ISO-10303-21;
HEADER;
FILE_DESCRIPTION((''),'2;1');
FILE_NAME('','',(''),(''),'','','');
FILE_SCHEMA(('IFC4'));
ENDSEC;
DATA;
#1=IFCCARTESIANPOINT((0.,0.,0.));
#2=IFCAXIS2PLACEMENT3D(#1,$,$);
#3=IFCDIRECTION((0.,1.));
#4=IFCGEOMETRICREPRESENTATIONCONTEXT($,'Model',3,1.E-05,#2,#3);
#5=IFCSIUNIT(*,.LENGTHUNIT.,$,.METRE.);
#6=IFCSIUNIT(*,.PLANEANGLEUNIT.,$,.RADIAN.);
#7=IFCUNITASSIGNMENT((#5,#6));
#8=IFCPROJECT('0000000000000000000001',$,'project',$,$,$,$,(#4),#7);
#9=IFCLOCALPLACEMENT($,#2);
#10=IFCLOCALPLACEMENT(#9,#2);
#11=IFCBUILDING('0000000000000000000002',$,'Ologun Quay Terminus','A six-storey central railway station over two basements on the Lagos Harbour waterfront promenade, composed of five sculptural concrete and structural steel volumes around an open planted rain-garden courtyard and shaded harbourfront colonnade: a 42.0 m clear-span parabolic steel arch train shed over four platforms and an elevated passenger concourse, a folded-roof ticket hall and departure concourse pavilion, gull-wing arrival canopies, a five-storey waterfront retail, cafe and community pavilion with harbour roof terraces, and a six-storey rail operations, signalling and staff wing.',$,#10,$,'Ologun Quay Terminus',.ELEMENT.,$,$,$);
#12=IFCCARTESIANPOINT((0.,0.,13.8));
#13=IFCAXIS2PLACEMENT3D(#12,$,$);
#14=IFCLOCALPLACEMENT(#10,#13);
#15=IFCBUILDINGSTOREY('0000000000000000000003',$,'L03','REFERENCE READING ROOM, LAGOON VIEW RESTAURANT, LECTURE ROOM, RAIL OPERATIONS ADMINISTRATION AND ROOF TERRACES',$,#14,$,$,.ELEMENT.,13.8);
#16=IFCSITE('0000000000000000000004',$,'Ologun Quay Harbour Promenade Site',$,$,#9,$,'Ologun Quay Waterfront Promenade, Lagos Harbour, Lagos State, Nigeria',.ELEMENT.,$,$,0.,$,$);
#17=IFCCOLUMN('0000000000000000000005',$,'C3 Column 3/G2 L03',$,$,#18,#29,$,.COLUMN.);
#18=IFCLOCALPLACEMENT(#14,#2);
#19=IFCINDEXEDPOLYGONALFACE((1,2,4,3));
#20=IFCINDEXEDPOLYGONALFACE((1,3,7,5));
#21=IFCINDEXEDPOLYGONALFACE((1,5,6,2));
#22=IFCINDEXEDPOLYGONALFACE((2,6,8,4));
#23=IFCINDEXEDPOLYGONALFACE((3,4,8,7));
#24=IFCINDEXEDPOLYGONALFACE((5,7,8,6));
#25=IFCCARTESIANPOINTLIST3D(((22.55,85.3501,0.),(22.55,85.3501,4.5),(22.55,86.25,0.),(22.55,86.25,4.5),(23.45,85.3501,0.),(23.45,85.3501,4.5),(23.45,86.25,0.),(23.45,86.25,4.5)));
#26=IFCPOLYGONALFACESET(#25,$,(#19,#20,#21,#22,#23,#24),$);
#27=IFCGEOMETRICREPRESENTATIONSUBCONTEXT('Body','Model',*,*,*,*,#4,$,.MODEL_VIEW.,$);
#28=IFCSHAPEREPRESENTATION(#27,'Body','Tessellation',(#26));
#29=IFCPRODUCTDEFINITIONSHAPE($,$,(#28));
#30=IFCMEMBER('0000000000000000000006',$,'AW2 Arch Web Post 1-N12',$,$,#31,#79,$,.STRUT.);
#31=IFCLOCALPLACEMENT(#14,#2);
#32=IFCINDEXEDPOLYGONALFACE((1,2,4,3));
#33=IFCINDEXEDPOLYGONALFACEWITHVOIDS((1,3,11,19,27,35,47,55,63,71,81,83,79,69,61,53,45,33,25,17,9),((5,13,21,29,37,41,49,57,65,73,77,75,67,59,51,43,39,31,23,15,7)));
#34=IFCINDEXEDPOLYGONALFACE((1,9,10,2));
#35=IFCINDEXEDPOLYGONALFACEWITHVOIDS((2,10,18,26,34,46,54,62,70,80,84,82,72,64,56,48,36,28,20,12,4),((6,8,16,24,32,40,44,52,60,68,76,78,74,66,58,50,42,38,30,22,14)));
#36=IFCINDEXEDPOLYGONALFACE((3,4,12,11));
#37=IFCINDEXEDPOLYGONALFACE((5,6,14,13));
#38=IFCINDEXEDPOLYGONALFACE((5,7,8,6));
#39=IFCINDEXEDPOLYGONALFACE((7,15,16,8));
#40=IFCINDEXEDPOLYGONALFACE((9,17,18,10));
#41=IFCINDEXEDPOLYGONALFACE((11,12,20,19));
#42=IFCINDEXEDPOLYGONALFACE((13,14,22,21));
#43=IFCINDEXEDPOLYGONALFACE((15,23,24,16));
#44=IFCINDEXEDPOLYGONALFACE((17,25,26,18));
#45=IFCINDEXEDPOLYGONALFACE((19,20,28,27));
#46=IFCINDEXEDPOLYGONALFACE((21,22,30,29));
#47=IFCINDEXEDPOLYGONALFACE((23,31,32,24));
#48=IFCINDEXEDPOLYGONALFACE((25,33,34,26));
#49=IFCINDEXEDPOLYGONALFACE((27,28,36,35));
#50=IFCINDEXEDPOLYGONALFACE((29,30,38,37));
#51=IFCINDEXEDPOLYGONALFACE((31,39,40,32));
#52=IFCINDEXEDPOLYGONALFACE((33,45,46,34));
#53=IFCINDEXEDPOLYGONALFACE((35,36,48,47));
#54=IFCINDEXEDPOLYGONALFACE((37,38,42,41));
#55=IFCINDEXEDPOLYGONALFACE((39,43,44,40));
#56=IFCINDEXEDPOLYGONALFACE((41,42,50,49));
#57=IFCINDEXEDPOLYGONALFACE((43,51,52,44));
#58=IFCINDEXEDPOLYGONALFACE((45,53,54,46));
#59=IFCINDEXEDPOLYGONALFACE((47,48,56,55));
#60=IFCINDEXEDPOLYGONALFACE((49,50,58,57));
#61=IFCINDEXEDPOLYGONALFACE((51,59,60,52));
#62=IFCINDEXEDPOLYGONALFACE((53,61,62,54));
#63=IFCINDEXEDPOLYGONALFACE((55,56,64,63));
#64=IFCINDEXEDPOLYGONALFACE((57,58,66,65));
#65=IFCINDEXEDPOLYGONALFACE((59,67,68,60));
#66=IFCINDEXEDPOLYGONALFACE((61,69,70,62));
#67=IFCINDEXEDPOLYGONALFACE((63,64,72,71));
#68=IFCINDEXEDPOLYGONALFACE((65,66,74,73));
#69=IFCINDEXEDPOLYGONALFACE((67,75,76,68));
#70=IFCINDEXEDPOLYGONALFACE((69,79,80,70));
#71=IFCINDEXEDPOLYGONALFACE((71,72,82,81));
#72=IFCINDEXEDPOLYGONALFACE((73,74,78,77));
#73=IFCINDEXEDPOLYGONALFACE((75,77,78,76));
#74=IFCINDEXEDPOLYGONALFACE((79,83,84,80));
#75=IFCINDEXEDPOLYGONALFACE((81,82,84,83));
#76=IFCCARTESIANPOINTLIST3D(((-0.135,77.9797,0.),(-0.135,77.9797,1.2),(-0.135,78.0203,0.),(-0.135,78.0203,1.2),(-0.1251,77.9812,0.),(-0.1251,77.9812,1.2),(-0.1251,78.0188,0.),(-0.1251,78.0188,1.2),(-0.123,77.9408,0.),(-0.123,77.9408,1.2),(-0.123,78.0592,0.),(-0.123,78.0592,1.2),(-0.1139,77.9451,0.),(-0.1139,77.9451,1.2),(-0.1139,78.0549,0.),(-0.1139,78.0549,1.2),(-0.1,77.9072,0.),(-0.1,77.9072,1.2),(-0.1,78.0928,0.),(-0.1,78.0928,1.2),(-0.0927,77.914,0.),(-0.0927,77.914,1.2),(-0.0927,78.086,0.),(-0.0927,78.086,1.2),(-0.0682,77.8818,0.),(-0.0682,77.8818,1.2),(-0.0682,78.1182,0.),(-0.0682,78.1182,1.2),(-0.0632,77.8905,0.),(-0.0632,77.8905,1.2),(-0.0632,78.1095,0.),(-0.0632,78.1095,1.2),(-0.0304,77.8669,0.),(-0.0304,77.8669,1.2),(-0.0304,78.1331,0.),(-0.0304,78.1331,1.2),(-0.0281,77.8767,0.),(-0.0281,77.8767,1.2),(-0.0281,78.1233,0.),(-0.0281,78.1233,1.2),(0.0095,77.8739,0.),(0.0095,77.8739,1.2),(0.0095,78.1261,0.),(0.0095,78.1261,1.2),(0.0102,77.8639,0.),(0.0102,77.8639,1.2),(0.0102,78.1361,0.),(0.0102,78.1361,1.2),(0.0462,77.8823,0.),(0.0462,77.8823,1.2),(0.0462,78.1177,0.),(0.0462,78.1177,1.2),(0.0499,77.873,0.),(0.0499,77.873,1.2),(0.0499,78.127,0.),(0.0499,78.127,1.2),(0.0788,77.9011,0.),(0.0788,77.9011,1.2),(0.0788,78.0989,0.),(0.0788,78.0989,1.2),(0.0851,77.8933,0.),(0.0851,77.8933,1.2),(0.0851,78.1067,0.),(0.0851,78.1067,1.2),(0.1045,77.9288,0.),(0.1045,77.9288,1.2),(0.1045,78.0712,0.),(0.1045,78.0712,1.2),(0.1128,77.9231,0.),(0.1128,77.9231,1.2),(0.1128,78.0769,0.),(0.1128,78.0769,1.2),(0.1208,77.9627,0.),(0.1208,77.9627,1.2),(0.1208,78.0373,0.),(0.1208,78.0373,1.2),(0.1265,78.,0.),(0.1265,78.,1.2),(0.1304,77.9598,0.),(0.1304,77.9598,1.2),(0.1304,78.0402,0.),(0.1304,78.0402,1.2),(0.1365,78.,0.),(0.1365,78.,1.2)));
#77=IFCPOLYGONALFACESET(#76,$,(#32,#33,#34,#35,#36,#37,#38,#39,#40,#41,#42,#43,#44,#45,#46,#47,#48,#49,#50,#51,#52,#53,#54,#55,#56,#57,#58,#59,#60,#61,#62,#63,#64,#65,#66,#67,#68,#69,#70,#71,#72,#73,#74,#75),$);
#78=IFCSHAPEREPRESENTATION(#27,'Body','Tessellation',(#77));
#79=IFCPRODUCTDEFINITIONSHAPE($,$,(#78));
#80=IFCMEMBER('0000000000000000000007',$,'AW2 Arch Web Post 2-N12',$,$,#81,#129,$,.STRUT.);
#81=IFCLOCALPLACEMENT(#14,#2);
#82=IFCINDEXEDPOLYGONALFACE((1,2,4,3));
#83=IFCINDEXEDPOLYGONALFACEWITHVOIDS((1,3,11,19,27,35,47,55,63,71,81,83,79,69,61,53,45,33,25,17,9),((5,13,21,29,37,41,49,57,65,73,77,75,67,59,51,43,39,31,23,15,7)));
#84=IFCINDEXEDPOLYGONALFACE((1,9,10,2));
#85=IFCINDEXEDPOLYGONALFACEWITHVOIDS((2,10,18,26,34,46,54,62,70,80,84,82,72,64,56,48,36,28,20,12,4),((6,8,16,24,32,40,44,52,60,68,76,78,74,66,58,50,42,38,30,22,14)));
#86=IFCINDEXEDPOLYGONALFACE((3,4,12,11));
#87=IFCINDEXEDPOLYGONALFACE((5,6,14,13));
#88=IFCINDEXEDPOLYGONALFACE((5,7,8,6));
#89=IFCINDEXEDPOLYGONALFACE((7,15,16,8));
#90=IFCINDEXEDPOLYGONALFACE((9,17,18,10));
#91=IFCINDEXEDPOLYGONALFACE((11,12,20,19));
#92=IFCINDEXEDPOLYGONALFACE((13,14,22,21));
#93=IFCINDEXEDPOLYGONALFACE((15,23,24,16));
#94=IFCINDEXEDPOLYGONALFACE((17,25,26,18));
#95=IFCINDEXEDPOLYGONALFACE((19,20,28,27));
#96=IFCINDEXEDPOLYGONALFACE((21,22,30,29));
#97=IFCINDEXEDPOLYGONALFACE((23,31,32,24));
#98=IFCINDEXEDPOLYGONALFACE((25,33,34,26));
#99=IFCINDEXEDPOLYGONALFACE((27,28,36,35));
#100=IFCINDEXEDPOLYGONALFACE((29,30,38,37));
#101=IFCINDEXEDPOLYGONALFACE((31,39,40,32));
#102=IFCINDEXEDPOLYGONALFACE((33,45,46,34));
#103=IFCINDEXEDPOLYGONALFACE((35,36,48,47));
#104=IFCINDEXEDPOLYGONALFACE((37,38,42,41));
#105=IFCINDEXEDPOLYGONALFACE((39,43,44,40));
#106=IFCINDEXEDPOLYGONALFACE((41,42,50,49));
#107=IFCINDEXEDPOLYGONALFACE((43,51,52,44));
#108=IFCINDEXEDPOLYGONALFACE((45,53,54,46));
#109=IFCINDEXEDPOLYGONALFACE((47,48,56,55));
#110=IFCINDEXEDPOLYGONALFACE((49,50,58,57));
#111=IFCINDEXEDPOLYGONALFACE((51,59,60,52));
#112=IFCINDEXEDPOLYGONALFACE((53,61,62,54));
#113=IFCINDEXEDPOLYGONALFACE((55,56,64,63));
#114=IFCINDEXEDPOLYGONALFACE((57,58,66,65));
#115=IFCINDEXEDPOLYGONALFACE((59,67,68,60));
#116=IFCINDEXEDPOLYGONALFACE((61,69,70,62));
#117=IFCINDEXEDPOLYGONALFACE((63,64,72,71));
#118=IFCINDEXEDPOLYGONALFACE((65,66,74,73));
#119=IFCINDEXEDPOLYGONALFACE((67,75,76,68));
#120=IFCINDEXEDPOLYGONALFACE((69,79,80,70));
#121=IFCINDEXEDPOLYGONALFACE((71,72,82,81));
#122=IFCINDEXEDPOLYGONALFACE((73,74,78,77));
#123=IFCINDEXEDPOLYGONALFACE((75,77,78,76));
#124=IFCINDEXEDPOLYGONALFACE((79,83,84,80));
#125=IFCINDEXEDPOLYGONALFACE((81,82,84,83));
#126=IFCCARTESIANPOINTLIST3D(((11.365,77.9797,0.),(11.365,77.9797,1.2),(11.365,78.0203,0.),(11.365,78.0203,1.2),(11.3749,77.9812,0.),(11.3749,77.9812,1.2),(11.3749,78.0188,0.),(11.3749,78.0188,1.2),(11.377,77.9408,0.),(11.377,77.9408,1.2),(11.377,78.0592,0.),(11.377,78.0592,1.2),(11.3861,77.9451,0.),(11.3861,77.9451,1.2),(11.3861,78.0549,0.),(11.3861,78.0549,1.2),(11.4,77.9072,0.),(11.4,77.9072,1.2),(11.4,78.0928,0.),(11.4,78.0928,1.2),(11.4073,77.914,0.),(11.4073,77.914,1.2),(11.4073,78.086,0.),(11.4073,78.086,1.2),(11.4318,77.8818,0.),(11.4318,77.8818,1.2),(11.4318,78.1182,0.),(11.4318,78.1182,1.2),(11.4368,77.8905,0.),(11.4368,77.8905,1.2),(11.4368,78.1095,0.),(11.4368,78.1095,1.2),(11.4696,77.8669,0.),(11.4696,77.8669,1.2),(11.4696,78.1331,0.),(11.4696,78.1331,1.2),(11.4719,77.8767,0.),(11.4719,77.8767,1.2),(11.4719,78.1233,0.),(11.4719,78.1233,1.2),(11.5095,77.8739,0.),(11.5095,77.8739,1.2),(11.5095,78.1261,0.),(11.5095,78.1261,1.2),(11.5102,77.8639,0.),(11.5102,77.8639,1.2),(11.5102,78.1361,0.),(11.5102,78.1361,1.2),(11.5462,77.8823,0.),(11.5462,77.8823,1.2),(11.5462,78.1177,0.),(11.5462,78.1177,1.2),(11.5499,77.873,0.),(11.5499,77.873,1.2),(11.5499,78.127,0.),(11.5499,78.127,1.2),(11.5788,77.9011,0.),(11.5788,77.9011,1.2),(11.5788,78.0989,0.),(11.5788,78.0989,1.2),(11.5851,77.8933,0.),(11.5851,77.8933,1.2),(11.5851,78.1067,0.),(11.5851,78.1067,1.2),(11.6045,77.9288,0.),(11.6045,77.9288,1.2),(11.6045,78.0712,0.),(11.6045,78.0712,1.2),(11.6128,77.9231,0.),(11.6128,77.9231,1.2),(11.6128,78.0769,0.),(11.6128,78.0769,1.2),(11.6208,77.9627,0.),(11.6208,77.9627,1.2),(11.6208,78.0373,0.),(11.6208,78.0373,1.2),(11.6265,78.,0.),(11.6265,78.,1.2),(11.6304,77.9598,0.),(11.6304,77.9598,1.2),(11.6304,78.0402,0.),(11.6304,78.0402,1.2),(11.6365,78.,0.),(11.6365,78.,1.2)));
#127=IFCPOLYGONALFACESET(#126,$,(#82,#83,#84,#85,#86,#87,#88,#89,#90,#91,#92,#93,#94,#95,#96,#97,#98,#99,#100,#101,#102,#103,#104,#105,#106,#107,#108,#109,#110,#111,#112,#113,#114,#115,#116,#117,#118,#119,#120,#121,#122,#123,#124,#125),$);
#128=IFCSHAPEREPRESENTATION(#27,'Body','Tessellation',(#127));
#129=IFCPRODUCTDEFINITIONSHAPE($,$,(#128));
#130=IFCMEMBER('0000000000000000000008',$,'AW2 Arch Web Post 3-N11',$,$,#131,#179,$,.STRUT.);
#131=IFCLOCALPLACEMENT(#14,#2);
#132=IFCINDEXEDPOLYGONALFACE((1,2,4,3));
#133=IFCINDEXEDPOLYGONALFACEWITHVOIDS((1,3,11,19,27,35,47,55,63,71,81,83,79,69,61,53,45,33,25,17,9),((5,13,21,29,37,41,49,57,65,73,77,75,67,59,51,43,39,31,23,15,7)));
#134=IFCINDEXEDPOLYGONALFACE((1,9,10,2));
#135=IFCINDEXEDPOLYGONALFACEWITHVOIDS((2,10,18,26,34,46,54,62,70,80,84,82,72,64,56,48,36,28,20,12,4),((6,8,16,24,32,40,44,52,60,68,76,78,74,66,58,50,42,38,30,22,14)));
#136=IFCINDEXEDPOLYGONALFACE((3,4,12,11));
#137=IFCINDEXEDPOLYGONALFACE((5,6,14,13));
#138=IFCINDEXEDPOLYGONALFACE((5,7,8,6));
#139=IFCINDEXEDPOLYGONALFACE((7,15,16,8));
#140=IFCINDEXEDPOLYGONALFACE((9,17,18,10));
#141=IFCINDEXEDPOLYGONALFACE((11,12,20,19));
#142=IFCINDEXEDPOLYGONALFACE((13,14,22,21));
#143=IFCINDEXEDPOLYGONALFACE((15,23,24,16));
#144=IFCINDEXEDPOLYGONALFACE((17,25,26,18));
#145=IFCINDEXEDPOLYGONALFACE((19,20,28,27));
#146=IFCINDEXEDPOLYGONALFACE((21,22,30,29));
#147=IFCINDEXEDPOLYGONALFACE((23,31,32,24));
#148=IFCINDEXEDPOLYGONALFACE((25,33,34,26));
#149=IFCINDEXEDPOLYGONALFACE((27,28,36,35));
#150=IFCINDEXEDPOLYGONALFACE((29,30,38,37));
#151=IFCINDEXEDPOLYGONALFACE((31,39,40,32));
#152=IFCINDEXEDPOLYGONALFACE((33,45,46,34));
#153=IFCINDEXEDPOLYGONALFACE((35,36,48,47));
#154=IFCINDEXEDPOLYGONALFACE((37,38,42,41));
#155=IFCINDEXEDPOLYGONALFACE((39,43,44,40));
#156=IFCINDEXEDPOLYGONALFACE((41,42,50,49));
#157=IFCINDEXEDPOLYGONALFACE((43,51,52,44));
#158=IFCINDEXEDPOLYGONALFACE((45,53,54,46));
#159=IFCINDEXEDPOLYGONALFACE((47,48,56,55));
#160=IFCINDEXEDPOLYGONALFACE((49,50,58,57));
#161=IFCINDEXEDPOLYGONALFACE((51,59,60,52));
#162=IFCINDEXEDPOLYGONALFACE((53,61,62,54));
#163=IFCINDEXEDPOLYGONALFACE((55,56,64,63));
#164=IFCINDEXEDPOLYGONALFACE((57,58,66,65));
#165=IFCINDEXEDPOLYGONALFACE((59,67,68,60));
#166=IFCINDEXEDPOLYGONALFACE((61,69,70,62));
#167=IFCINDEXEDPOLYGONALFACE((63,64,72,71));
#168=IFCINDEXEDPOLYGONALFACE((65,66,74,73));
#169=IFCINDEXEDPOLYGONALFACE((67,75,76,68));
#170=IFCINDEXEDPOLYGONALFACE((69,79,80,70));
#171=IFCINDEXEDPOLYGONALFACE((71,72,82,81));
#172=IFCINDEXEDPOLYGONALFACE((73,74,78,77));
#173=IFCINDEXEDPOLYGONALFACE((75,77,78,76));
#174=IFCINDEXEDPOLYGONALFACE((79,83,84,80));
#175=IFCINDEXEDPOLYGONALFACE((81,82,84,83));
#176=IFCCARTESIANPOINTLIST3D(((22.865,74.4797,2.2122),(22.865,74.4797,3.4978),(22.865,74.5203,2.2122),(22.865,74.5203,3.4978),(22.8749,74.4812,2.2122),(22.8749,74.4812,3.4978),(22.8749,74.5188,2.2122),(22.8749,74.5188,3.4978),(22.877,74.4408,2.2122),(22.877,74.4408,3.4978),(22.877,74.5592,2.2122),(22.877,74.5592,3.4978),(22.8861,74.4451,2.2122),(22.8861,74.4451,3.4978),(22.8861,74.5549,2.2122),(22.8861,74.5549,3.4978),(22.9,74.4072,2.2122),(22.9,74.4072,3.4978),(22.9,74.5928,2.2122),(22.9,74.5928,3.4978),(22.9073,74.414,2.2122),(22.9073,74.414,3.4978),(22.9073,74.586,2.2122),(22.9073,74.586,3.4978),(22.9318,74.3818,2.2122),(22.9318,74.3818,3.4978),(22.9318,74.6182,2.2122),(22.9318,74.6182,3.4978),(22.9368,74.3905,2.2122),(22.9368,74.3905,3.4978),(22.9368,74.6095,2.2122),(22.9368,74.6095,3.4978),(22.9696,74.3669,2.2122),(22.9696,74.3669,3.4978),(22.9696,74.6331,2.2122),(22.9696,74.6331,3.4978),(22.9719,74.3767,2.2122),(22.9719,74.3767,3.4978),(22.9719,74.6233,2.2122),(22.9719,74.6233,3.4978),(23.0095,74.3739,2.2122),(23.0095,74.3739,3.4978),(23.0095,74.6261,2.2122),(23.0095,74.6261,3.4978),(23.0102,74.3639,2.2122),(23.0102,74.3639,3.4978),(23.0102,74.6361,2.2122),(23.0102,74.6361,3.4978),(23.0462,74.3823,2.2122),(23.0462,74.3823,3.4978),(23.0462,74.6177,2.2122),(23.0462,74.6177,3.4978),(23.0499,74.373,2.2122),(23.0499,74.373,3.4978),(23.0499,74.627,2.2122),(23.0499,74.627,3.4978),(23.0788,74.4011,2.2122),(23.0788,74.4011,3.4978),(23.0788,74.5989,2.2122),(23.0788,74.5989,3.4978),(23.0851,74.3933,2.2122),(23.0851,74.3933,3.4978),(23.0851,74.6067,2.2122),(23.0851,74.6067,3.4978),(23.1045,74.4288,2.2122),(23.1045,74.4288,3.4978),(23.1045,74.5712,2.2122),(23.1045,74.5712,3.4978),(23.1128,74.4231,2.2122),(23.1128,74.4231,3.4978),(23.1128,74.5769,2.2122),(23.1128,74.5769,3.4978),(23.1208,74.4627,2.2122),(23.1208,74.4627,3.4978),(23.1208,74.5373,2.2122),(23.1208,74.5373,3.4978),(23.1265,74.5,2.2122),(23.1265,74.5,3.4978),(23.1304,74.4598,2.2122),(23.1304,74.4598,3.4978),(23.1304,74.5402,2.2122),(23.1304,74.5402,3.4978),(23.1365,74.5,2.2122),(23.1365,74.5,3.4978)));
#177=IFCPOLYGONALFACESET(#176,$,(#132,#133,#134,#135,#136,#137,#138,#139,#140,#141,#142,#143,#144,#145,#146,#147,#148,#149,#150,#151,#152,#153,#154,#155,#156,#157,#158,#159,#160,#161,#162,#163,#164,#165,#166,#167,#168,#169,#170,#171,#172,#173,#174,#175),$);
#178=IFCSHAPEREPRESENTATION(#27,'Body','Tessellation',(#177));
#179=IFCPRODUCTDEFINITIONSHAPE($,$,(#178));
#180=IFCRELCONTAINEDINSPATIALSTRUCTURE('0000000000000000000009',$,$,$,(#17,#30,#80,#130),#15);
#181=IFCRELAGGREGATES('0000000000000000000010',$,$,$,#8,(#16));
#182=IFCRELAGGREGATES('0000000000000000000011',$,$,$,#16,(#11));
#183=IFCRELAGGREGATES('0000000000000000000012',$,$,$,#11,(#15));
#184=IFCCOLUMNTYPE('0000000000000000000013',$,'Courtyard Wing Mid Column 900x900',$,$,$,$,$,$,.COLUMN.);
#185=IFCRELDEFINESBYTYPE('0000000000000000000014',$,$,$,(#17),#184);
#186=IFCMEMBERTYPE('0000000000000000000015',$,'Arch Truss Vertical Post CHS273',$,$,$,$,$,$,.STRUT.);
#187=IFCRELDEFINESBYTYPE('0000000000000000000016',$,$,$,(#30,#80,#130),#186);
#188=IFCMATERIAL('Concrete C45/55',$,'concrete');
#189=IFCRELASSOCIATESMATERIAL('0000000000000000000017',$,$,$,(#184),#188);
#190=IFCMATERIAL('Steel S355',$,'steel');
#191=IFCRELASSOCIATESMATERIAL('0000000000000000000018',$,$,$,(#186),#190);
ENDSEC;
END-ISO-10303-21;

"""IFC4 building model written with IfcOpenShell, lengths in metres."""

from ifc_helpers import new_model, si_unit, direction, frame, origin, origin_2d, place, context, subcontext, project, spatial, rectangle, hollow_circle, extrude, material, material_profile, profile_set, type_object, element, save


model = new_model("IFC4")

# Units and contexts
model_context = context("Model", 3, precision=1e-05, world=origin(), true_north=direction((0.0, 1.0)))
body_context = subcontext(model_context, "Body", "Model", "MODEL_VIEW")
ifc_project = project(units=[si_unit("LENGTHUNIT", "METRE"), si_unit("PLANEANGLEUNIT", "RADIAN")], contexts=[model_context])

# Site, building, storey
site_placement = place(None, origin())
site = spatial("IfcSite", under=ifc_project, at=site_placement, Name="Ologun Quay Harbour Promenade Site", LongName="Ologun Quay Waterfront Promenade, Lagos Harbour, Lagos State, Nigeria", CompositionType="ELEMENT", RefElevation=0.0)
building_placement = place(site_placement, origin())
building = spatial("IfcBuilding", under=site, at=building_placement, Name="Ologun Quay Terminus", Description="A six-storey central railway station over two basements on the Lagos Harbour waterfront promenade, composed of five sculptural concrete and structural steel volumes around an open planted rain-garden courtyard and shaded harbourfront colonnade: a 42.0 m clear-span parabolic steel arch train shed over four platforms and an elevated passenger concourse, a folded-roof ticket hall and departure concourse pavilion, gull-wing arrival canopies, a five-storey waterfront retail, cafe and community pavilion with harbour roof terraces, and a six-storey rail operations, signalling and staff wing.", LongName="Ologun Quay Terminus", CompositionType="ELEMENT")
storey_placement = place(building_placement, frame((0.0, 0.0, 13.8)))
storey = spatial("IfcBuildingStorey", under=building, at=storey_placement, Name="L03", Description="REFERENCE READING ROOM, LAGOON VIEW RESTAURANT, LECTURE ROOM, RAIL OPERATIONS ADMINISTRATION AND ROOF TERRACES", CompositionType="ELEMENT", Elevation=13.8)

# Column
ifc_material_1 = material(Name="Concrete C45/55", Category="concrete")
ifc_material_profile_1 = material_profile(ifc_material_1, rectangle(XDim=0.8999, YDim=0.8999, at=origin_2d()), Name="RC 900x900")
ifc_profile_set_1 = profile_set([ifc_material_profile_1], Name="Concrete C45/55")
column_type = type_object("IfcColumnType", Name="Courtyard Wing Mid Column 900x900", PredefinedType="COLUMN", material=ifc_profile_set_1)
column_placement = place(storey_placement, frame((23.0, 85.8, 0.0), z_axis=(0.0, 0.0, 1.0), x_axis=(1.0, 0.0, 0.0)))
element("IfcColumn", 1, at=column_placement, inside=storey, type_object=column_type, Name="C3 Column 3/G2 L03", PredefinedType="COLUMN", context=body_context, shape_type="SweptSolid", body=[
    extrude(rectangle(XDim=0.8999, YDim=0.8999, at=origin_2d()), origin(), (0.0, 0.0, 1.0), 4.5),
])

# Members
ifc_material_2 = material(Name="Steel S355", Category="steel")
ifc_material_profile_2 = material_profile(ifc_material_2, hollow_circle(Radius=0.1365, WallThickness=0.01, at=origin_2d()), Name="CHS 273x10")
ifc_profile_set_2 = profile_set([ifc_material_profile_2], Name="Steel S355")
member_type_1 = type_object("IfcMemberType", Name="Arch Truss Vertical Post CHS273", PredefinedType="STRUT", material=ifc_profile_set_2)
for number, where, z_axis, x_axis, name in (
    (2, (0.0, 78.0, 0.0), (0.0, 0.0, 1.0), (1.0, 0.0, 0.0), "AW2 Arch Web Post 1-N12"),
    (3, (11.5, 78.0, 0.0), (0.0, 0.0, 1.0), (1.0, 0.0, 0.0), "AW2 Arch Web Post 2-N12"),
):
    element("IfcMember", number, at=place(storey_placement, frame(where, z_axis=z_axis, x_axis=x_axis)), inside=storey, type_object=member_type_1, Name=name, PredefinedType="STRUT", context=body_context, shape_type="SweptSolid", body=[
        extrude(hollow_circle(Radius=0.1365, WallThickness=0.01, at=origin_2d()), origin(), (0.0, 0.0, 1.0), 1.2),
    ])
member_1_placement = place(storey_placement, frame((23.0, 74.5, 2.2122), z_axis=(0.0, 0.0, 1.0), x_axis=(1.0, 0.0, 0.0)))
element("IfcMember", 4, at=member_1_placement, inside=storey, type_object=member_type_1, Name="AW2 Arch Web Post 3-N11", PredefinedType="STRUT", context=body_context, shape_type="SweptSolid", body=[
    extrude(hollow_circle(Radius=0.1365, WallThickness=0.01, at=origin_2d()), origin(), (0.0, 0.0, 1.0), 1.2856),
])

save(model, "model.ifc")
